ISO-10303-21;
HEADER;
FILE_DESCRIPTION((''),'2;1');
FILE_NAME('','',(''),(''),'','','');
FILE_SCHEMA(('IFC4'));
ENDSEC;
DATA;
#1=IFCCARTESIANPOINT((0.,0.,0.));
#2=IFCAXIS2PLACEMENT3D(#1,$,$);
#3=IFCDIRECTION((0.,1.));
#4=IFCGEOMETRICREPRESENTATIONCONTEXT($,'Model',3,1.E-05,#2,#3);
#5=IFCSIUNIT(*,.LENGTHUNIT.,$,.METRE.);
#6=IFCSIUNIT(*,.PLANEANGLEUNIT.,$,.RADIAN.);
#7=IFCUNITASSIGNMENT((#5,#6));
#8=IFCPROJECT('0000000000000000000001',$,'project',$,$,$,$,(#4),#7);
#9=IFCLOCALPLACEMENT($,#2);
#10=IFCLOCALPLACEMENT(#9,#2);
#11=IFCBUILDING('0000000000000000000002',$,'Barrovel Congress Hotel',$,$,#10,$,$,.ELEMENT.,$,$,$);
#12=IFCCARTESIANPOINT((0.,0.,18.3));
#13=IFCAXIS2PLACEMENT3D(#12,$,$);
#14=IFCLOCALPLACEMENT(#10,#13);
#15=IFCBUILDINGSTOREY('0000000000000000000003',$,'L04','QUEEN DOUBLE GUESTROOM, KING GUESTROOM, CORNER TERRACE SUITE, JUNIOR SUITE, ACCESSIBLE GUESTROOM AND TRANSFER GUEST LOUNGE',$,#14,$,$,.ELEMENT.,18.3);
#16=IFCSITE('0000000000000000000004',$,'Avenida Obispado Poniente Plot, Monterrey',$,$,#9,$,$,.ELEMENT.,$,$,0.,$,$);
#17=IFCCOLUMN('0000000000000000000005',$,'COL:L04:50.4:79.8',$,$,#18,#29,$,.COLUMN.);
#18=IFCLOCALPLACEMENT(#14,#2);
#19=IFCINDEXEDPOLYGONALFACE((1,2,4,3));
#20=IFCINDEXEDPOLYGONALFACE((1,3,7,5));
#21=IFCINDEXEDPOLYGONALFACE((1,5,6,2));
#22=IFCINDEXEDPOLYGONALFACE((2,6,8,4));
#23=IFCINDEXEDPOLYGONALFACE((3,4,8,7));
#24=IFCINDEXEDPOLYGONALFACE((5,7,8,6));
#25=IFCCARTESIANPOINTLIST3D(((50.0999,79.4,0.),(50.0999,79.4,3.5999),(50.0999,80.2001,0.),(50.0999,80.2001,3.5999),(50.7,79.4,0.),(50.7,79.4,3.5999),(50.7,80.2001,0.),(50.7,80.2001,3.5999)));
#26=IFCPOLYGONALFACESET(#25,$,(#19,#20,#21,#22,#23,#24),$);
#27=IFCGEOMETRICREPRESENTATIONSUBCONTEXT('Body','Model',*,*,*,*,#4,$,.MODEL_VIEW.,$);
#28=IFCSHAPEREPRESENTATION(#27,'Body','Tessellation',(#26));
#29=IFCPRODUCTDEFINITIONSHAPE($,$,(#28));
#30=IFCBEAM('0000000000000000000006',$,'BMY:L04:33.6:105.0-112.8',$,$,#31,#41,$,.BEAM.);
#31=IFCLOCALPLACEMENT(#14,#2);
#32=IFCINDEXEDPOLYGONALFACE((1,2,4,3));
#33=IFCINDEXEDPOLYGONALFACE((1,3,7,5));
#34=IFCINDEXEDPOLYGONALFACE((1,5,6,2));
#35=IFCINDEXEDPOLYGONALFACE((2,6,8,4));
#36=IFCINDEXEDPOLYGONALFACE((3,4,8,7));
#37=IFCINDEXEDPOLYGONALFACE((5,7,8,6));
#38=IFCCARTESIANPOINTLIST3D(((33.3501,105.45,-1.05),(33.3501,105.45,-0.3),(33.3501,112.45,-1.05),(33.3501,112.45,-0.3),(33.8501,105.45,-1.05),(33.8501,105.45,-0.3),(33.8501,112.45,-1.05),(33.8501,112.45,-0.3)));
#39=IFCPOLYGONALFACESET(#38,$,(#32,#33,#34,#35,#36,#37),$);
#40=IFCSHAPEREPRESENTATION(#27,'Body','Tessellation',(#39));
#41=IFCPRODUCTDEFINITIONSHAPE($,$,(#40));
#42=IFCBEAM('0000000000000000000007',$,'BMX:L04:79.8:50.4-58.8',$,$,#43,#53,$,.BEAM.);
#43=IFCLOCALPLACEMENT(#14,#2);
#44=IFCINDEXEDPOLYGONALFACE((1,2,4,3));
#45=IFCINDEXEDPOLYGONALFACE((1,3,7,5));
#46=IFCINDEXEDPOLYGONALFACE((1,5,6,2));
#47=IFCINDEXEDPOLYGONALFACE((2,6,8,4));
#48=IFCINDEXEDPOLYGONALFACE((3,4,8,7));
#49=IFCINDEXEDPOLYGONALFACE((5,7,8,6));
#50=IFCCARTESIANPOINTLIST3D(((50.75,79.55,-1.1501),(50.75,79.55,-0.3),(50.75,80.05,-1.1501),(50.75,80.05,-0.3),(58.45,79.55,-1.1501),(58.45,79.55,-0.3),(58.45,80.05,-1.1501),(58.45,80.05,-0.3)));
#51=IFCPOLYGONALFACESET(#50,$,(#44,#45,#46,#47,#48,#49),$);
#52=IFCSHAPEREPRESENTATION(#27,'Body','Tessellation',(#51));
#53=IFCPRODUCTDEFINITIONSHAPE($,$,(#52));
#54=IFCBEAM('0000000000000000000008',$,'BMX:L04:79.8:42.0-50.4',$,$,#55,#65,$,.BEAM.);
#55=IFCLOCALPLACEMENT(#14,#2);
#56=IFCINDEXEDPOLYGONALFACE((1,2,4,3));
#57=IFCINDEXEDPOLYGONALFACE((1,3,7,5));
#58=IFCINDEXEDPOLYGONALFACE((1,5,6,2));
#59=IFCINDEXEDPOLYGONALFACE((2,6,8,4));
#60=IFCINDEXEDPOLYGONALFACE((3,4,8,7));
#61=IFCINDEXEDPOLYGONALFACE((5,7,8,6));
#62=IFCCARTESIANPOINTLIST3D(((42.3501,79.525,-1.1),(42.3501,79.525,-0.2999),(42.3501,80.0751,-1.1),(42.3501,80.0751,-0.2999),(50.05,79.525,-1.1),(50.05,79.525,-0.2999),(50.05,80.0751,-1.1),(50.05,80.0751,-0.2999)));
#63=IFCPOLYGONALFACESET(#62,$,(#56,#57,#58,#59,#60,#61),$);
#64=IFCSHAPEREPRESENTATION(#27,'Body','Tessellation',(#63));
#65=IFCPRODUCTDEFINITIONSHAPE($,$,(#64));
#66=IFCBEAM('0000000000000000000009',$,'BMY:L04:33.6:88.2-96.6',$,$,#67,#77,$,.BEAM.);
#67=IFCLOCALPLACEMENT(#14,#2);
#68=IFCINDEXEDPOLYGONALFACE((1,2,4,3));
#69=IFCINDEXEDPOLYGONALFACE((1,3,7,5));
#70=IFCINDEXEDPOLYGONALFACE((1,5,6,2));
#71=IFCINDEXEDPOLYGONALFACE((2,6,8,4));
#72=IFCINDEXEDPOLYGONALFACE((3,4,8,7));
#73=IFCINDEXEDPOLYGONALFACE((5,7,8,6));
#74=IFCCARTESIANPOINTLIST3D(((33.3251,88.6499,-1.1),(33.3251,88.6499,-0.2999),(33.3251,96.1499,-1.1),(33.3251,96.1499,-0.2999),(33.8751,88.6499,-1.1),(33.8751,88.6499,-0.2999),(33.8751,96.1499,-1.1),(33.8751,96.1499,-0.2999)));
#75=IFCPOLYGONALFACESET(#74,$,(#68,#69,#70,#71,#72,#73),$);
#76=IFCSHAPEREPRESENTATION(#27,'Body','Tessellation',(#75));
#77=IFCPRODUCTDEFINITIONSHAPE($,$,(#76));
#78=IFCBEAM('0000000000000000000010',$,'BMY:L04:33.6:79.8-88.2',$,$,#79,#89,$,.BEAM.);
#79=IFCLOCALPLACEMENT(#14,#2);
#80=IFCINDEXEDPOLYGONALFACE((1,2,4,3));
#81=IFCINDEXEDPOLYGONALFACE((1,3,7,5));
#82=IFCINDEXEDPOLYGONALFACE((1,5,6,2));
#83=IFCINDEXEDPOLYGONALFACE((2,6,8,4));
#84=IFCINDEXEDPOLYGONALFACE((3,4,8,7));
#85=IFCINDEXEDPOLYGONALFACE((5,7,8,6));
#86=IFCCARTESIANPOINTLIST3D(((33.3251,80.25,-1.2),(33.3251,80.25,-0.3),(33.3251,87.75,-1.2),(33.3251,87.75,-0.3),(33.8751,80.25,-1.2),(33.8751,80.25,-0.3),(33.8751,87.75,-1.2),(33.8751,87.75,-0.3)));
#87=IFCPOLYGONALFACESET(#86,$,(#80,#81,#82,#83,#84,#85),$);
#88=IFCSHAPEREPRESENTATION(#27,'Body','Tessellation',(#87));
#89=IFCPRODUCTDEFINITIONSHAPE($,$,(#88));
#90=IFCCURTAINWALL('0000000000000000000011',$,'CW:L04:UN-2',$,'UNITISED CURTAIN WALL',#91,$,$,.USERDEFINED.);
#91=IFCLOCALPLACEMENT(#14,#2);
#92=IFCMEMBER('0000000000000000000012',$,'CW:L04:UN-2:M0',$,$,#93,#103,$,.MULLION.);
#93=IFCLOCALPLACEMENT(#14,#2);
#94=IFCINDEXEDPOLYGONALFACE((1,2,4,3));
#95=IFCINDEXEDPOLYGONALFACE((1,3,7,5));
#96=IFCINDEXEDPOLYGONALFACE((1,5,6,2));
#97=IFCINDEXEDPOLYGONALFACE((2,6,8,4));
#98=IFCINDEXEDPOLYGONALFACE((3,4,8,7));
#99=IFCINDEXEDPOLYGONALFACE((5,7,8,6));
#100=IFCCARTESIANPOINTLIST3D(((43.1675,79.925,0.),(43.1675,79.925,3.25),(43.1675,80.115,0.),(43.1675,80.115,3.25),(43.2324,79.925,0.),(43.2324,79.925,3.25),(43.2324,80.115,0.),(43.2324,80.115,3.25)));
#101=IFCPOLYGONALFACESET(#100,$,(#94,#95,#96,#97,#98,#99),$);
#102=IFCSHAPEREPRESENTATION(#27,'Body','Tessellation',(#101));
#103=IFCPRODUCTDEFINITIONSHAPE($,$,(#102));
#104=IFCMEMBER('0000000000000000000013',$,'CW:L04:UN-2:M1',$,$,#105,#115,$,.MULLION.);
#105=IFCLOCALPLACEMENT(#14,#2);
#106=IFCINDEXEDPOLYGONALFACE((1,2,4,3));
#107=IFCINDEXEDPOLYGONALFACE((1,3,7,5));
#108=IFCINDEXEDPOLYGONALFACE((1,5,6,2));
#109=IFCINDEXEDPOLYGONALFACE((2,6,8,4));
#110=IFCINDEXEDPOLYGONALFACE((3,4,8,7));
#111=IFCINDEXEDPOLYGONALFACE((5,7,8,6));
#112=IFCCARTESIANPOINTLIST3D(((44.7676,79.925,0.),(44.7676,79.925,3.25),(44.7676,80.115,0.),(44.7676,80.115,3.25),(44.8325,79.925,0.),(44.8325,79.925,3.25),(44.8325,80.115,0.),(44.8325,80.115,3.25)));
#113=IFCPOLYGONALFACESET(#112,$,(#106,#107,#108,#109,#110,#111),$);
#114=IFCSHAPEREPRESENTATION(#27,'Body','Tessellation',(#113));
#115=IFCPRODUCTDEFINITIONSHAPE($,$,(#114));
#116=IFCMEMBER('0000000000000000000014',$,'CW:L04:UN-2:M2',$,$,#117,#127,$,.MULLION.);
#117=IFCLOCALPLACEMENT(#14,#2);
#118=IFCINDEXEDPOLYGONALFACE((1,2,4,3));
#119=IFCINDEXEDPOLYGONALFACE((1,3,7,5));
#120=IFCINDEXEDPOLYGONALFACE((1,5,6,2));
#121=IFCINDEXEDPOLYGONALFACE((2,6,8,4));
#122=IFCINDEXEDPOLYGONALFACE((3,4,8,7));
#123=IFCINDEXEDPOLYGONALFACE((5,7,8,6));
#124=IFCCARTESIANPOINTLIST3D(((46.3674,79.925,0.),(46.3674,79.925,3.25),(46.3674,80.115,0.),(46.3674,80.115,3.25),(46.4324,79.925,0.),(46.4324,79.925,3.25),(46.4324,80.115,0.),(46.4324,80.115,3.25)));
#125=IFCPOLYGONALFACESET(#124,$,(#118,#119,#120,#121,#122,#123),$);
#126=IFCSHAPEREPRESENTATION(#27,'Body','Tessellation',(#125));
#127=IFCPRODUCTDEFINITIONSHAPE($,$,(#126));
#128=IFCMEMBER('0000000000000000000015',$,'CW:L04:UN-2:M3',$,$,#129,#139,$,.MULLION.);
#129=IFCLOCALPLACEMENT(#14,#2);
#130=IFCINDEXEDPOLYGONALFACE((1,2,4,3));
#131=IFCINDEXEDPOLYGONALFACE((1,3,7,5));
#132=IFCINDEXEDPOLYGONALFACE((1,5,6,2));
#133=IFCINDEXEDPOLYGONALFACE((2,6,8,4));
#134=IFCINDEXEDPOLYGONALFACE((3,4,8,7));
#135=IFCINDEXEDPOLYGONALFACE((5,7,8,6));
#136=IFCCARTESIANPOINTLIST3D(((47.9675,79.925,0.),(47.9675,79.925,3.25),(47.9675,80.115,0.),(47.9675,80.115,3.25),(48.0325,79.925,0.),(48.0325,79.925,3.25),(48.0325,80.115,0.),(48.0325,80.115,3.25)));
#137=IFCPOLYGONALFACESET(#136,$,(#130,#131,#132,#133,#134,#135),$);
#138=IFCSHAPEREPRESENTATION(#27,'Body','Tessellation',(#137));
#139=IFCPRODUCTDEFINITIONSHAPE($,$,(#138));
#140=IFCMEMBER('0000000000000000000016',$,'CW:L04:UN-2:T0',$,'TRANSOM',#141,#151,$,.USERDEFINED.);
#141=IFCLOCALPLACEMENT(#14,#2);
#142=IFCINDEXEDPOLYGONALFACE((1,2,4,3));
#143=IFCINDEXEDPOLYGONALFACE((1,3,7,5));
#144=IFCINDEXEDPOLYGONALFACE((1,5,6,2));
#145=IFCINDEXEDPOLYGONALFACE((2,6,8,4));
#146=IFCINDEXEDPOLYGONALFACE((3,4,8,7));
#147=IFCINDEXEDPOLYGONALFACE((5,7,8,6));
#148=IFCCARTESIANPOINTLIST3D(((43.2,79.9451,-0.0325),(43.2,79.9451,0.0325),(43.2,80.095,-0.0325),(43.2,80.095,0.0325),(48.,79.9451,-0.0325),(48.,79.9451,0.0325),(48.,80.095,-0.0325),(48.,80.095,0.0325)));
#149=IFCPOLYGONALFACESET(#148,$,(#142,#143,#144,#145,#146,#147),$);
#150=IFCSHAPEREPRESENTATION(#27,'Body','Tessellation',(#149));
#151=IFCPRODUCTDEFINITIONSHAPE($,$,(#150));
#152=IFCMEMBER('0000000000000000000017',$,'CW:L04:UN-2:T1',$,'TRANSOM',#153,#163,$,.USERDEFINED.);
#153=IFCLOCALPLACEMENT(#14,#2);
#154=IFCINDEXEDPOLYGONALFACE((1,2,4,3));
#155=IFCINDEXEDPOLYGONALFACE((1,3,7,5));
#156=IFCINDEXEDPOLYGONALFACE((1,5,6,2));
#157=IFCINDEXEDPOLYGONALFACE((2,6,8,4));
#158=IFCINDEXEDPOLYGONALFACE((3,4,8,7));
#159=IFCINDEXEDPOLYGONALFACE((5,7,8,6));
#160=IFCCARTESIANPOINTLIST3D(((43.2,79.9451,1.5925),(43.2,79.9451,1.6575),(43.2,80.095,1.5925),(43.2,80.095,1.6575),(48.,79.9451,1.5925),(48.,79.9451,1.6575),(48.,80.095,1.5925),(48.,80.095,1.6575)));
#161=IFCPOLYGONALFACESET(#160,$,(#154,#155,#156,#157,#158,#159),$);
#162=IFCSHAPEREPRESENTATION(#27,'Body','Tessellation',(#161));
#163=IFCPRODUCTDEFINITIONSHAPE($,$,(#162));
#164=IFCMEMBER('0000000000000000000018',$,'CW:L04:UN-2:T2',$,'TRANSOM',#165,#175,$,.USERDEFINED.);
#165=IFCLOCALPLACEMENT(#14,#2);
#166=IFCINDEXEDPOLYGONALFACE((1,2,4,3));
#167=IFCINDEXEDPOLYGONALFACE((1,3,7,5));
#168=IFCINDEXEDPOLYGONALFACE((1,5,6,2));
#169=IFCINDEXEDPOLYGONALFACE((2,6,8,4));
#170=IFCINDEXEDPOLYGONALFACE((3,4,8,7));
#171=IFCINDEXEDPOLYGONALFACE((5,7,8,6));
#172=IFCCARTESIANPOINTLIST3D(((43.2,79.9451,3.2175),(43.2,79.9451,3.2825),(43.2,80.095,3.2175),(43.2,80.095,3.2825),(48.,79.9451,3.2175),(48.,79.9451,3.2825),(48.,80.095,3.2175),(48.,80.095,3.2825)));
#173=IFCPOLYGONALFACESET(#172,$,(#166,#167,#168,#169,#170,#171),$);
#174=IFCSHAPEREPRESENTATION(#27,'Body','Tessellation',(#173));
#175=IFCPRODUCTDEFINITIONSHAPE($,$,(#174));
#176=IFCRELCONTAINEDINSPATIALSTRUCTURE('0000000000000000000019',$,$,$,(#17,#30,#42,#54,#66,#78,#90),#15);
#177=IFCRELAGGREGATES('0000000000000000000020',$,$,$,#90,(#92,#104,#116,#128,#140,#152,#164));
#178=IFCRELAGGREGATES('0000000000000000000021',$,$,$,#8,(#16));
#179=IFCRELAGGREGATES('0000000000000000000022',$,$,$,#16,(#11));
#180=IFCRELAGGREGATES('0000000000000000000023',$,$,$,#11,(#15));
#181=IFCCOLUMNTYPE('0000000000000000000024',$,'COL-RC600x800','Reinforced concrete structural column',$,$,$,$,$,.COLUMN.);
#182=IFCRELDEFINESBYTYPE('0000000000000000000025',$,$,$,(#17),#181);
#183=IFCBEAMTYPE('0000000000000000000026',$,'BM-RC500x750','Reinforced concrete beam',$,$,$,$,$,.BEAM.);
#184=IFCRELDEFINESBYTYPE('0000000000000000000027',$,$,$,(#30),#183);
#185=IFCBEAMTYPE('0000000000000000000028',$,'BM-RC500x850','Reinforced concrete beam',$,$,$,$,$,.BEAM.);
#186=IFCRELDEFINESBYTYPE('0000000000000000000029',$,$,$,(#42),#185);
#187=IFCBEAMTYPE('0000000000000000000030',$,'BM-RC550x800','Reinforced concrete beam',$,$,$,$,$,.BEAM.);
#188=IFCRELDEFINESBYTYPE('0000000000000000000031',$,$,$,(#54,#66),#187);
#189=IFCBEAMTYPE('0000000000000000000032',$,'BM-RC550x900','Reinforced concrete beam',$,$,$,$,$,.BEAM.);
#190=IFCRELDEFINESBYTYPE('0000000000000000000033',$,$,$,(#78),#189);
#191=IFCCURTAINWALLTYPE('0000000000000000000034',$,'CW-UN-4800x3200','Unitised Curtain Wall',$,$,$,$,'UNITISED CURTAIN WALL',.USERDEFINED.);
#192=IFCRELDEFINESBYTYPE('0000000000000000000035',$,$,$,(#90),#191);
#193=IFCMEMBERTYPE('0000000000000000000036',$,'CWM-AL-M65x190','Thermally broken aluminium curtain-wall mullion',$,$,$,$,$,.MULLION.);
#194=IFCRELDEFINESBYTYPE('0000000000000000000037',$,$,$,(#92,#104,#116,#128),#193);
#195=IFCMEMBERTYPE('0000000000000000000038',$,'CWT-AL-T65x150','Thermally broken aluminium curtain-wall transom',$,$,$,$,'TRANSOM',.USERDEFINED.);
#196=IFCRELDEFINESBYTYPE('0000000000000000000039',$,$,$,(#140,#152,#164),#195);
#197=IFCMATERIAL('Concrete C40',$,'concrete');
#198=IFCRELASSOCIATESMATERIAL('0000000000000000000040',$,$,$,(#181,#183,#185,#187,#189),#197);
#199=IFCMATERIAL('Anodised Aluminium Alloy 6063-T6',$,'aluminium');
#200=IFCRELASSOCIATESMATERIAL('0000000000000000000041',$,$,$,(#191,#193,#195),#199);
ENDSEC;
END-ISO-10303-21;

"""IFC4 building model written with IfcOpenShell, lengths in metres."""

from ifc_helpers import new_model, si_unit, direction, frame, origin, origin_2d, place, context, subcontext, project, spatial, rectangle, extrude, material, material_profile, profile_set, type_object, element, aggregate, save


model = new_model("IFC4")

# Units and contexts
model_context = context("Model", 3, precision=1e-05, world=origin(), true_north=direction((0.0, 1.0)))
body_context = subcontext(model_context, "Body", "Model", "MODEL_VIEW")
ifc_project = project(units=[si_unit("LENGTHUNIT", "METRE"), si_unit("PLANEANGLEUNIT", "RADIAN")], contexts=[model_context])

# Site, building, storey
site_placement = place(None, origin())
site = spatial("IfcSite", under=ifc_project, at=site_placement, Name="Avenida Obispado Poniente Plot, Monterrey", CompositionType="ELEMENT", RefElevation=0.0)
building_placement = place(site_placement, origin())
building = spatial("IfcBuilding", under=site, at=building_placement, Name="Barrovel Congress Hotel", CompositionType="ELEMENT")
storey_placement = place(building_placement, frame((0.0, 0.0, 18.3)))
storey = spatial("IfcBuildingStorey", under=building, at=storey_placement, Name="L04", Description="QUEEN DOUBLE GUESTROOM, KING GUESTROOM, CORNER TERRACE SUITE, JUNIOR SUITE, ACCESSIBLE GUESTROOM AND TRANSFER GUEST LOUNGE", CompositionType="ELEMENT", Elevation=18.3)

# Column
ifc_material_1 = material(Name="Concrete C40", Category="concrete")
ifc_material_profile_1 = material_profile(ifc_material_1, rectangle(XDim=0.6001, YDim=0.8, at=origin_2d()), Name="RC600x800")
ifc_profile_set_1 = profile_set([ifc_material_profile_1], Name="Concrete C40")
column_type = type_object("IfcColumnType", Name="COL-RC600x800", Description="Reinforced concrete structural column", PredefinedType="COLUMN", material=ifc_profile_set_1)
column_placement = place(storey_placement, frame((50.3999, 79.8, 0.0), z_axis=(0.0, 0.0, 1.0), x_axis=(1.0, 0.0, 0.0)))
element("IfcColumn", 1, at=column_placement, inside=storey, type_object=column_type, Name="COL:L04:50.4:79.8", PredefinedType="COLUMN", context=body_context, shape_type="SweptSolid", body=[
    extrude(rectangle(XDim=0.6001, YDim=0.8, at=origin_2d()), origin(), (0.0, 0.0, 1.0), 3.5999),
])

# Beams
ifc_material_profile_2 = material_profile(ifc_material_1, rectangle(XDim=0.5, YDim=0.75, at=origin_2d()), Name="RC500x750")
ifc_profile_set_2 = profile_set([ifc_material_profile_2], Name="Concrete C40")
beam_type_1 = type_object("IfcBeamType", Name="BM-RC500x750", Description="Reinforced concrete beam", PredefinedType="BEAM", material=ifc_profile_set_2)
beam_1_placement = place(storey_placement, frame((33.6001, 105.45, -0.675), z_axis=(0.0, 1.0, 0.0), x_axis=(-1.0, 0.0, 0.0)))
element("IfcBeam", 2, at=beam_1_placement, inside=storey, type_object=beam_type_1, Name="BMY:L04:33.6:105.0-112.8", PredefinedType="BEAM", context=body_context, shape_type="SweptSolid", body=[
    extrude(rectangle(XDim=0.5, YDim=0.75, at=origin_2d()), origin(), (0.0, 0.0, 1.0), 7.0),
])
ifc_material_profile_3 = material_profile(ifc_material_1, rectangle(XDim=0.5, YDim=0.8501, at=origin_2d()), Name="RC500x850")
ifc_profile_set_3 = profile_set([ifc_material_profile_3], Name="Concrete C40")
beam_type_2 = type_object("IfcBeamType", Name="BM-RC500x850", Description="Reinforced concrete beam", PredefinedType="BEAM", material=ifc_profile_set_3)
beam_2_placement = place(storey_placement, frame((50.75, 79.8, -0.7251), z_axis=(1.0, 0.0, 0.0), x_axis=(0.0, 1.0, 0.0)))
element("IfcBeam", 3, at=beam_2_placement, inside=storey, type_object=beam_type_2, Name="BMX:L04:79.8:50.4-58.8", PredefinedType="BEAM", context=body_context, shape_type="SweptSolid", body=[
    extrude(rectangle(XDim=0.5, YDim=0.8501, at=origin_2d()), origin(), (0.0, 0.0, 1.0), 7.7),
])
ifc_material_profile_4 = material_profile(ifc_material_1, rectangle(XDim=0.55, YDim=0.8, at=origin_2d()), Name="RC550x800")
ifc_profile_set_4 = profile_set([ifc_material_profile_4], Name="Concrete C40")
beam_type_3 = type_object("IfcBeamType", Name="BM-RC550x800", Description="Reinforced concrete beam", PredefinedType="BEAM", material=ifc_profile_set_4)
beam_3_placement = place(storey_placement, frame((42.3501, 79.8, -0.7), z_axis=(1.0, 0.0, 0.0), x_axis=(0.0, 1.0, 0.0)))
element("IfcBeam", 4, at=beam_3_placement, inside=storey, type_object=beam_type_3, Name="BMX:L04:79.8:42.0-50.4", PredefinedType="BEAM", context=body_context, shape_type="SweptSolid", body=[
    extrude(rectangle(XDim=0.55, YDim=0.8, at=origin_2d()), origin(), (0.0, 0.0, 1.0), 7.7),
])
beam_4_placement = place(storey_placement, frame((33.6001, 88.6499, -0.7), z_axis=(0.0, 1.0, 0.0), x_axis=(-1.0, 0.0, 0.0)))
element("IfcBeam", 5, at=beam_4_placement, inside=storey, type_object=beam_type_3, Name="BMY:L04:33.6:88.2-96.6", PredefinedType="BEAM", context=body_context, shape_type="SweptSolid", body=[
    extrude(rectangle(XDim=0.55, YDim=0.8, at=origin_2d()), origin(), (0.0, 0.0, 1.0), 7.5),
])
ifc_material_profile_5 = material_profile(ifc_material_1, rectangle(XDim=0.55, YDim=0.8999, at=origin_2d()), Name="RC550x900")
ifc_profile_set_5 = profile_set([ifc_material_profile_5], Name="Concrete C40")
beam_type_4 = type_object("IfcBeamType", Name="BM-RC550x900", Description="Reinforced concrete beam", PredefinedType="BEAM", material=ifc_profile_set_5)
beam_5_placement = place(storey_placement, frame((33.6001, 80.25, -0.75), z_axis=(0.0, 1.0, 0.0), x_axis=(-1.0, 0.0, 0.0)))
element("IfcBeam", 6, at=beam_5_placement, inside=storey, type_object=beam_type_4, Name="BMY:L04:33.6:79.8-88.2", PredefinedType="BEAM", context=body_context, shape_type="SweptSolid", body=[
    extrude(rectangle(XDim=0.55, YDim=0.8999, at=origin_2d()), origin(), (0.0, 0.0, 1.0), 7.5),
])

# Curtain wall, members
ifc_material_2 = material(Name="Anodised Aluminium Alloy 6063-T6", Category="aluminium")
curtain_wall_type = type_object("IfcCurtainWallType", Name="CW-UN-4800x3200", Description="Unitised Curtain Wall", ElementType="UNITISED CURTAIN WALL", PredefinedType="USERDEFINED", material=ifc_material_2)
curtain_wall_placement = place(storey_placement, origin())
curtain_wall = element("IfcCurtainWall", 7, at=curtain_wall_placement, inside=storey, type_object=curtain_wall_type, Name="CW:L04:UN-2", ObjectType="UNITISED CURTAIN WALL", PredefinedType="USERDEFINED")
ifc_material_profile_6 = material_profile(ifc_material_2, rectangle(XDim=0.0649, YDim=0.1899, at=origin_2d()), Name="AL-M65x190")
ifc_profile_set_6 = profile_set([ifc_material_profile_6], Name="Anodised Aluminium Alloy 6063-T6")
member_type_1 = type_object("IfcMemberType", Name="CWM-AL-M65x190", Description="Thermally broken aluminium curtain-wall mullion", PredefinedType="MULLION", material=ifc_profile_set_6)
member_1_placement = place(storey_placement, frame((43.2, 80.02, 0.0), z_axis=(0.0, 0.0, 1.0), x_axis=(1.0, 0.0, 0.0)))
member_1 = element("IfcMember", 8, at=member_1_placement, type_object=member_type_1, Name="CW:L04:UN-2:M0", PredefinedType="MULLION", context=body_context, shape_type="SweptSolid", body=[
    extrude(rectangle(XDim=0.0649, YDim=0.1899, at=origin_2d()), origin(), (0.0, 0.0, 1.0), 3.25),
])
member_2_placement = place(storey_placement, frame((44.8, 80.02, 0.0), z_axis=(0.0, 0.0, 1.0), x_axis=(1.0, 0.0, 0.0)))
member_2 = element("IfcMember", 9, at=member_2_placement, type_object=member_type_1, Name="CW:L04:UN-2:M1", PredefinedType="MULLION", context=body_context, shape_type="SweptSolid", body=[
    extrude(rectangle(XDim=0.0649, YDim=0.1899, at=origin_2d()), origin(), (0.0, 0.0, 1.0), 3.25),
])
member_3_placement = place(storey_placement, frame((46.3999, 80.02, 0.0), z_axis=(0.0, 0.0, 1.0), x_axis=(1.0, 0.0, 0.0)))
member_3 = element("IfcMember", 10, at=member_3_placement, type_object=member_type_1, Name="CW:L04:UN-2:M2", PredefinedType="MULLION", context=body_context, shape_type="SweptSolid", body=[
    extrude(rectangle(XDim=0.0649, YDim=0.1899, at=origin_2d()), origin(), (0.0, 0.0, 1.0), 3.25),
])
member_4_placement = place(storey_placement, frame((48.0, 80.02, 0.0), z_axis=(0.0, 0.0, 1.0), x_axis=(1.0, 0.0, 0.0)))
member_4 = element("IfcMember", 11, at=member_4_placement, type_object=member_type_1, Name="CW:L04:UN-2:M3", PredefinedType="MULLION", context=body_context, shape_type="SweptSolid", body=[
    extrude(rectangle(XDim=0.0649, YDim=0.1899, at=origin_2d()), origin(), (0.0, 0.0, 1.0), 3.25),
])
ifc_material_profile_7 = material_profile(ifc_material_2, rectangle(XDim=0.1499, YDim=0.0649, at=origin_2d()), Name="AL-T65x150")
ifc_profile_set_7 = profile_set([ifc_material_profile_7], Name="Anodised Aluminium Alloy 6063-T6")
member_type_2 = type_object("IfcMemberType", Name="CWT-AL-T65x150", Description="Thermally broken aluminium curtain-wall transom", ElementType="TRANSOM", PredefinedType="USERDEFINED", material=ifc_profile_set_7)
member_5_placement = place(storey_placement, frame((43.2, 80.02, 0.0), z_axis=(1.0, 0.0, 0.0), x_axis=(0.0, 1.0, 0.0)))
member_5 = element("IfcMember", 12, at=member_5_placement, type_object=member_type_2, Name="CW:L04:UN-2:T0", ObjectType="TRANSOM", PredefinedType="USERDEFINED", context=body_context, shape_type="SweptSolid", body=[
    extrude(rectangle(XDim=0.1499, YDim=0.0649, at=origin_2d()), origin(), (0.0, 0.0, 1.0), 4.8),
])
member_6_placement = place(storey_placement, frame((43.2, 80.02, 1.625), z_axis=(1.0, 0.0, 0.0), x_axis=(0.0, 1.0, 0.0)))
member_6 = element("IfcMember", 13, at=member_6_placement, type_object=member_type_2, Name="CW:L04:UN-2:T1", ObjectType="TRANSOM", PredefinedType="USERDEFINED", context=body_context, shape_type="SweptSolid", body=[
    extrude(rectangle(XDim=0.1499, YDim=0.0649, at=origin_2d()), origin(), (0.0, 0.0, 1.0), 4.8),
])
member_7_placement = place(storey_placement, frame((43.2, 80.02, 3.25), z_axis=(1.0, 0.0, 0.0), x_axis=(0.0, 1.0, 0.0)))
member_7 = element("IfcMember", 14, at=member_7_placement, type_object=member_type_2, Name="CW:L04:UN-2:T2", ObjectType="TRANSOM", PredefinedType="USERDEFINED", context=body_context, shape_type="SweptSolid", body=[
    extrude(rectangle(XDim=0.1499, YDim=0.0649, at=origin_2d()), origin(), (0.0, 0.0, 1.0), 4.8),
])

aggregate(curtain_wall, [member_1, member_2, member_3, member_4, member_5, member_6, member_7])

save(model, "model.ifc")
